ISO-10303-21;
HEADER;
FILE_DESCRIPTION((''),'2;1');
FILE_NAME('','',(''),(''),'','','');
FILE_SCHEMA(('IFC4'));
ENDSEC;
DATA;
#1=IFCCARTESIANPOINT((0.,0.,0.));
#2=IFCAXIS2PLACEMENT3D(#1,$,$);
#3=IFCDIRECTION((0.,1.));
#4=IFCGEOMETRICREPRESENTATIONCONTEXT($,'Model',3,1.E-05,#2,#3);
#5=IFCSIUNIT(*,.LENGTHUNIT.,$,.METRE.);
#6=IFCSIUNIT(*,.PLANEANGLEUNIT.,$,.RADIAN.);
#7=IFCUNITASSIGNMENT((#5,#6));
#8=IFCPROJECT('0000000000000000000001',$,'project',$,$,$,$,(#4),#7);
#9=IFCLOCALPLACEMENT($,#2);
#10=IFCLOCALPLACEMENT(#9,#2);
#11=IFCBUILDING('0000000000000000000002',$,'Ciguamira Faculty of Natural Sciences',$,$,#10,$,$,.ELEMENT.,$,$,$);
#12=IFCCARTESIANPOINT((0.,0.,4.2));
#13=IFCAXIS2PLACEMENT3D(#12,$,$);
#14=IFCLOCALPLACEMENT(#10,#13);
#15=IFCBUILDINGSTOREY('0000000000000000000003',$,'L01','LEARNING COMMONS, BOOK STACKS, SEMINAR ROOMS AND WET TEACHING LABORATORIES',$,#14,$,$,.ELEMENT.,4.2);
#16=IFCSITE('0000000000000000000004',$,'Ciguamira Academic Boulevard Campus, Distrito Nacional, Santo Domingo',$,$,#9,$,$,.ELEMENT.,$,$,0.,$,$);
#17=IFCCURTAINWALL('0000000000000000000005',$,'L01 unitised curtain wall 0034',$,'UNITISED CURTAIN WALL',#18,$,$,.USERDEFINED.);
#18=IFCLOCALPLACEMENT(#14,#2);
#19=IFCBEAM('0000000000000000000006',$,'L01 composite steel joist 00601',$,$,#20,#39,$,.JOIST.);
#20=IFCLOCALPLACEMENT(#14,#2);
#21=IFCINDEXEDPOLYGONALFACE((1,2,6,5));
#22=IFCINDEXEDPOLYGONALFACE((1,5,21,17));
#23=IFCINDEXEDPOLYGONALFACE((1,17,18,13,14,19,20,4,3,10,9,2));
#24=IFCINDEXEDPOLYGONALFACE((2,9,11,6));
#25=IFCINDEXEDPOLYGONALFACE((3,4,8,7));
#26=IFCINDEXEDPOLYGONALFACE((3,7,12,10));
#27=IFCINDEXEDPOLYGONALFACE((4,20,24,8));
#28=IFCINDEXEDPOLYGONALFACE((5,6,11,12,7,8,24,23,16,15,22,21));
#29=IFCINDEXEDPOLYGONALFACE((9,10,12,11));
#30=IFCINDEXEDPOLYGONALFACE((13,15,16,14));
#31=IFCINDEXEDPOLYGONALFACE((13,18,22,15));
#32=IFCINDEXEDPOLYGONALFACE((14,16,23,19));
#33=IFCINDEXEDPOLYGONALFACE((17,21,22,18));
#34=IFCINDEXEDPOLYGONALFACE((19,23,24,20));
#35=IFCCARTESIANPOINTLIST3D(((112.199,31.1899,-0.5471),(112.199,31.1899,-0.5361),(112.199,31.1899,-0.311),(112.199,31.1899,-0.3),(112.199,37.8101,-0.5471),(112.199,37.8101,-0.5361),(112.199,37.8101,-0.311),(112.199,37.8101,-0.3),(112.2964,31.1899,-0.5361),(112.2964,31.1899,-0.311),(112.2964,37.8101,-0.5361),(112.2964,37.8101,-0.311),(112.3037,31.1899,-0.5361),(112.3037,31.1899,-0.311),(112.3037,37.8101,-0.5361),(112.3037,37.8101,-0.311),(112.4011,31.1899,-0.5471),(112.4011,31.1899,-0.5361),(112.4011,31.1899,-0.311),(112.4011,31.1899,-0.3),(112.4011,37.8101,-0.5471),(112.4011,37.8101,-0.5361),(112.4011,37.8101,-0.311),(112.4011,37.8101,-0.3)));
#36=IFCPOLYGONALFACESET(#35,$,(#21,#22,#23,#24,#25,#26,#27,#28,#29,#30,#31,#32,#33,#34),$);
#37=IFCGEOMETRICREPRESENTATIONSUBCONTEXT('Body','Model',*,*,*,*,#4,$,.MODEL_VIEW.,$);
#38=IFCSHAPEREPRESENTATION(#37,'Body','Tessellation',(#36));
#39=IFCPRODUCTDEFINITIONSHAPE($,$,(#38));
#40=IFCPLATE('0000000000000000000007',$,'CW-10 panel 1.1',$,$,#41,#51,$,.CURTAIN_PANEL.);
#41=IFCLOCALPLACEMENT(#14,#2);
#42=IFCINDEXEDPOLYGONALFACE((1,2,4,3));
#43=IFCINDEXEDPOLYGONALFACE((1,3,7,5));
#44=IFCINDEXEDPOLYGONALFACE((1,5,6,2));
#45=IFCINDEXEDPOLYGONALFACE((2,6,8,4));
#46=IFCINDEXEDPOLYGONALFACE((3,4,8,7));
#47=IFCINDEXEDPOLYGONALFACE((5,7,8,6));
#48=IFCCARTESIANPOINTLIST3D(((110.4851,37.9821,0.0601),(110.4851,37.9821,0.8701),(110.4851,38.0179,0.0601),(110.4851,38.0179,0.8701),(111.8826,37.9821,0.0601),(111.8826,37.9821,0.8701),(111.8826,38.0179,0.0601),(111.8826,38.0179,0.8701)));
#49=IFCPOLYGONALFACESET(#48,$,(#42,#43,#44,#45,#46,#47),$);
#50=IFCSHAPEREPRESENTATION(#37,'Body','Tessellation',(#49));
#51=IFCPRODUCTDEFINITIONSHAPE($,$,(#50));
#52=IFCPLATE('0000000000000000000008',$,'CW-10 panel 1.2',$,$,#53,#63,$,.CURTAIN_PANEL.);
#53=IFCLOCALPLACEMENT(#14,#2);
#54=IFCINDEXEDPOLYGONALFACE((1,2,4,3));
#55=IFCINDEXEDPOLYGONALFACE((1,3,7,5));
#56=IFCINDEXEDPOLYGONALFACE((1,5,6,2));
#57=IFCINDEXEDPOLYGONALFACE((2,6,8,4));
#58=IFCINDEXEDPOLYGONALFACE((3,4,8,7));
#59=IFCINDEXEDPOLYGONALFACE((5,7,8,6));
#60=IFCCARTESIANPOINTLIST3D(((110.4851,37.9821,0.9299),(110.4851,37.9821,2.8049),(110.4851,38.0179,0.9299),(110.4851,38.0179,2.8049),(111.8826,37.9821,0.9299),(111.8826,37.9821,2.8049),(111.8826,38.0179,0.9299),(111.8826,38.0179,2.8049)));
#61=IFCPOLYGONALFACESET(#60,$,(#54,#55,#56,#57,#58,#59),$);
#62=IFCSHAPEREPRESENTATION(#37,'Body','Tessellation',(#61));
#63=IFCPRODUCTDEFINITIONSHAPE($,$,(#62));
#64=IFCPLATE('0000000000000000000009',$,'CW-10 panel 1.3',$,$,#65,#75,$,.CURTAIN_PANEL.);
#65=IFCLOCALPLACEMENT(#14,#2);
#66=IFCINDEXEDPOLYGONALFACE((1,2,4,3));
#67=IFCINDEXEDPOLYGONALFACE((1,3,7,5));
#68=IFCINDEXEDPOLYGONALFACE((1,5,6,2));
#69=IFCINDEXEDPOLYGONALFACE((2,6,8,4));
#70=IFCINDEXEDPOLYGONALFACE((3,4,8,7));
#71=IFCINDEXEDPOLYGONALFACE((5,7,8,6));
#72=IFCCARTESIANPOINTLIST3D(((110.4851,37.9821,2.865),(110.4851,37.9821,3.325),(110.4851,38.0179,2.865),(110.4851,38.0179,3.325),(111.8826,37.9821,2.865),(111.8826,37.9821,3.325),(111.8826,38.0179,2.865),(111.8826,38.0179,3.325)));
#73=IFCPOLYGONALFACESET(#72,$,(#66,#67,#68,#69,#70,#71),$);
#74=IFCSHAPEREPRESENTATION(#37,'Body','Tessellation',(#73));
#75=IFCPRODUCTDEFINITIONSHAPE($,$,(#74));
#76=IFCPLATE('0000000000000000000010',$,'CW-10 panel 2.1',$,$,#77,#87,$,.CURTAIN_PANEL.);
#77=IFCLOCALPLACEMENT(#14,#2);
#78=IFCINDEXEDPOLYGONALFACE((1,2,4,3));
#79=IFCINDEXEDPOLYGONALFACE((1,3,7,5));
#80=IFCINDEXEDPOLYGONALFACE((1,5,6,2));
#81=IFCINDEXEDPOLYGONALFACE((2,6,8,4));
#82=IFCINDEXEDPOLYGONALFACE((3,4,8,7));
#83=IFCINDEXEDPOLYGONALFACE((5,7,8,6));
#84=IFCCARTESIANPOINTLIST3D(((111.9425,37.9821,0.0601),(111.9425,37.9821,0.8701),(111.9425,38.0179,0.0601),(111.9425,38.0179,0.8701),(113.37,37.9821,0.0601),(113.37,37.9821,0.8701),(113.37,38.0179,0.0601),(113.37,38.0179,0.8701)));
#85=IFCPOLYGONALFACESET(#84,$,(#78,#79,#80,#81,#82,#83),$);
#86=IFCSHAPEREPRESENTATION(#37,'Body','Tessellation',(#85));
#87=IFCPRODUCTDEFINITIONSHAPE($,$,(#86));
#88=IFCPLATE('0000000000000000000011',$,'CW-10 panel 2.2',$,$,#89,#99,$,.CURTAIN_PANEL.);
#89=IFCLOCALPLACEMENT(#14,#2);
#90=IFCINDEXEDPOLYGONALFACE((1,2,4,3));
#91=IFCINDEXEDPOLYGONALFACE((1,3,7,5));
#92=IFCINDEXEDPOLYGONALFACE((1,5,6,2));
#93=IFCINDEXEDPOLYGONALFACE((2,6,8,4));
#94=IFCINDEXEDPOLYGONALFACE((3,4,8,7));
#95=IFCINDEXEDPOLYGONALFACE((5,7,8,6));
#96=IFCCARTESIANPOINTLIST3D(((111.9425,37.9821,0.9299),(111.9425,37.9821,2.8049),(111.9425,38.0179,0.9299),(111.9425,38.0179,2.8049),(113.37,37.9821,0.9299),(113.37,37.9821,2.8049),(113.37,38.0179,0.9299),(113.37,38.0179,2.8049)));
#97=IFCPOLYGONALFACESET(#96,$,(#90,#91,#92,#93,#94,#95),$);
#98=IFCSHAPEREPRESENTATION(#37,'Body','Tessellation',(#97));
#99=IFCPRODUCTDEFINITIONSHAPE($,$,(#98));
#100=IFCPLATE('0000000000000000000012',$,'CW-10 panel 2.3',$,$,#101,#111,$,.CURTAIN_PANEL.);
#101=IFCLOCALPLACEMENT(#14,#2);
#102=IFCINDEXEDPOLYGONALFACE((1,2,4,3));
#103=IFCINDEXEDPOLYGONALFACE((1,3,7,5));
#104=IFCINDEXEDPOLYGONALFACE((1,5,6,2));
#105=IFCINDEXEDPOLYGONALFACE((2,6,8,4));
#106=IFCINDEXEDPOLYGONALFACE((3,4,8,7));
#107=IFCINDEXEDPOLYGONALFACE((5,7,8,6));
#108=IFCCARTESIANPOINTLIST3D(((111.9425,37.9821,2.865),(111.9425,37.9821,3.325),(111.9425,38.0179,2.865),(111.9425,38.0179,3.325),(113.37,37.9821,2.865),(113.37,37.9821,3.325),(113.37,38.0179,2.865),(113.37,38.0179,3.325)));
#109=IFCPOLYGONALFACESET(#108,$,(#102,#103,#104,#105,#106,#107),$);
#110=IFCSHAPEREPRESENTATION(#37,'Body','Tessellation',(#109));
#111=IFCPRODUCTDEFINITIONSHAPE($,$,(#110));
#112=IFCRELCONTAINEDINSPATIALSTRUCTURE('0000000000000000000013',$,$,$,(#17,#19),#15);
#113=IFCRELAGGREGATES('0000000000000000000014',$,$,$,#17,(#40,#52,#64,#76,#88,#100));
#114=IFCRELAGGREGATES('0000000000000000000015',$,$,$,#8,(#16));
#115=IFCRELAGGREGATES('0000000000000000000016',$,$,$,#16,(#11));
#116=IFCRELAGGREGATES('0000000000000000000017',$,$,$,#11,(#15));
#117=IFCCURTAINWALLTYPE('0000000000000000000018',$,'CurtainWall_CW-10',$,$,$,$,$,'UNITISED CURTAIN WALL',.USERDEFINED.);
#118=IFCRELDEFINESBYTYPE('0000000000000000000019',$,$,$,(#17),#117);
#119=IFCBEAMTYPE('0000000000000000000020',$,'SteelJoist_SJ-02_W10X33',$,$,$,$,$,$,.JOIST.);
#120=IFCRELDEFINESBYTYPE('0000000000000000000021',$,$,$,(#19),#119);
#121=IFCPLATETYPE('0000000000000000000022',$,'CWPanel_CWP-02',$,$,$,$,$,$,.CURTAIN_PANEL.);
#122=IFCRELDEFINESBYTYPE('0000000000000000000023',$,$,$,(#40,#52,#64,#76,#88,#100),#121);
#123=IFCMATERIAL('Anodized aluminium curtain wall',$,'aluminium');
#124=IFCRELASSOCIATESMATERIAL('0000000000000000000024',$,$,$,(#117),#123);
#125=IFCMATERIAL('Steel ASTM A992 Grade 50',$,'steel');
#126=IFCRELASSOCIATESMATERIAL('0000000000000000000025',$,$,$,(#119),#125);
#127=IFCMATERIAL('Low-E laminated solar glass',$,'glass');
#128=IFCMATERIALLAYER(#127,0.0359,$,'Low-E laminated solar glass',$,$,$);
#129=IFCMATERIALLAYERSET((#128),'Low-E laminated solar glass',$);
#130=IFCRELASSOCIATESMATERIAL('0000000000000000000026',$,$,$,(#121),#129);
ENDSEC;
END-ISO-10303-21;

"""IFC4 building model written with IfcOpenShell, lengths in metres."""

from ifc_helpers import new_model, si_unit, direction, frame, origin, origin_2d, place, context, subcontext, project, spatial, rectangle, i_section, extrude, material, layer, layer_set, material_profile, profile_set, type_object, element, aggregate, save


model = new_model("IFC4")

# Units and contexts
model_context = context("Model", 3, precision=1e-05, world=origin(), true_north=direction((0.0, 1.0)))
body_context = subcontext(model_context, "Body", "Model", "MODEL_VIEW")
ifc_project = project(units=[si_unit("LENGTHUNIT", "METRE"), si_unit("PLANEANGLEUNIT", "RADIAN")], contexts=[model_context])

# Site, building, storey
site_placement = place(None, origin())
site = spatial("IfcSite", under=ifc_project, at=site_placement, Name="Ciguamira Academic Boulevard Campus, Distrito Nacional, Santo Domingo", CompositionType="ELEMENT", RefElevation=0.0)
building_placement = place(site_placement, origin())
building = spatial("IfcBuilding", under=site, at=building_placement, Name="Ciguamira Faculty of Natural Sciences", CompositionType="ELEMENT")
storey_placement = place(building_placement, frame((0.0, 0.0, 4.2)))
storey = spatial("IfcBuildingStorey", under=building, at=storey_placement, Name="L01", Description="LEARNING COMMONS, BOOK STACKS, SEMINAR ROOMS AND WET TEACHING LABORATORIES", CompositionType="ELEMENT", Elevation=4.2)

# Curtain wall
ifc_material_1 = material(Name="Anodized aluminium curtain wall", Category="aluminium")
curtain_wall_type = type_object("IfcCurtainWallType", Name="CurtainWall_CW-10", ElementType="UNITISED CURTAIN WALL", PredefinedType="USERDEFINED", material=ifc_material_1)
curtain_wall_placement = place(storey_placement, origin())
curtain_wall = element("IfcCurtainWall", 1, at=curtain_wall_placement, inside=storey, type_object=curtain_wall_type, Name="L01 unitised curtain wall 0034", ObjectType="UNITISED CURTAIN WALL", PredefinedType="USERDEFINED")

# Beam
ifc_material_2 = material(Name="Steel ASTM A992 Grade 50", Category="steel")
ifc_material_profile_1 = material_profile(ifc_material_2, i_section(OverallWidth=0.2021, OverallDepth=0.2471, WebThickness=0.0073, FlangeThickness=0.011, at=origin_2d()), Name="W10X33")
ifc_profile_set_1 = profile_set([ifc_material_profile_1], Name="Steel ASTM A992 Grade 50")
beam_type_1 = type_object("IfcBeamType", Name="SteelJoist_SJ-02_W10X33", PredefinedType="JOIST", material=ifc_profile_set_1)
beam_placement = place(storey_placement, frame((112.3, 31.1899, -0.4236), z_axis=(0.0, 1.0, 0.0), x_axis=(-1.0, 0.0, 0.0)))
element("IfcBeam", 2, at=beam_placement, inside=storey, type_object=beam_type_1, Name="L01 composite steel joist 00601", PredefinedType="JOIST", context=body_context, shape_type="SweptSolid", body=[
    extrude(i_section(OverallWidth=0.2021, OverallDepth=0.2471, WebThickness=0.0073, FlangeThickness=0.011, at=origin_2d()), origin(), (0.0, 0.0, 1.0), 6.6201),
])

# Plates
ifc_material_3 = material(Name="Low-E laminated solar glass", Category="glass")
ifc_layer = layer(ifc_material_3, 0.0359, Name="Low-E laminated solar glass")
ifc_layer_set = layer_set([ifc_layer], Name="Low-E laminated solar glass")
plate_type = type_object("IfcPlateType", Name="CWPanel_CWP-02", PredefinedType="CURTAIN_PANEL", material=ifc_layer_set)
plate_1_placement = place(storey_placement, frame((111.1838, 38.0, 0.0601), z_axis=(0.0, 0.0, 1.0), x_axis=(1.0, 0.0, 0.0)))
plate_1 = element("IfcPlate", 3, at=plate_1_placement, type_object=plate_type, Name="CW-10 panel 1.1", PredefinedType="CURTAIN_PANEL", context=body_context, shape_type="SweptSolid", body=[
    extrude(rectangle(XDim=1.3975, YDim=0.0359, at=origin_2d()), origin(), (0.0, 0.0, 1.0), 0.8101),
])
plate_2_placement = place(storey_placement, frame((111.1838, 38.0, 0.9299), z_axis=(0.0, 0.0, 1.0), x_axis=(1.0, 0.0, 0.0)))
plate_2 = element("IfcPlate", 4, at=plate_2_placement, type_object=plate_type, Name="CW-10 panel 1.2", PredefinedType="CURTAIN_PANEL", context=body_context, shape_type="SweptSolid", body=[
    extrude(rectangle(XDim=1.3975, YDim=0.0359, at=origin_2d()), origin(), (0.0, 0.0, 1.0), 1.875),
])
plate_3_placement = place(storey_placement, frame((111.1838, 38.0, 2.865), z_axis=(0.0, 0.0, 1.0), x_axis=(1.0, 0.0, 0.0)))
plate_3 = element("IfcPlate", 5, at=plate_3_placement, type_object=plate_type, Name="CW-10 panel 1.3", PredefinedType="CURTAIN_PANEL", context=body_context, shape_type="SweptSolid", body=[
    extrude(rectangle(XDim=1.3975, YDim=0.0359, at=origin_2d()), origin(), (0.0, 0.0, 1.0), 0.46),
])
plate_4_placement = place(storey_placement, frame((112.6562, 38.0, 0.0601), z_axis=(0.0, 0.0, 1.0), x_axis=(1.0, 0.0, 0.0)))
plate_4 = element("IfcPlate", 6, at=plate_4_placement, type_object=plate_type, Name="CW-10 panel 2.1", PredefinedType="CURTAIN_PANEL", context=body_context, shape_type="SweptSolid", body=[
    extrude(rectangle(XDim=1.4275, YDim=0.0359, at=origin_2d()), origin(), (0.0, 0.0, 1.0), 0.8101),
])
plate_5_placement = place(storey_placement, frame((112.6562, 38.0, 0.9299), z_axis=(0.0, 0.0, 1.0), x_axis=(1.0, 0.0, 0.0)))
plate_5 = element("IfcPlate", 7, at=plate_5_placement, type_object=plate_type, Name="CW-10 panel 2.2", PredefinedType="CURTAIN_PANEL", context=body_context, shape_type="SweptSolid", body=[
    extrude(rectangle(XDim=1.4275, YDim=0.0359, at=origin_2d()), origin(), (0.0, 0.0, 1.0), 1.875),
])
plate_6_placement = place(storey_placement, frame((112.6562, 38.0, 2.865), z_axis=(0.0, 0.0, 1.0), x_axis=(1.0, 0.0, 0.0)))
plate_6 = element("IfcPlate", 8, at=plate_6_placement, type_object=plate_type, Name="CW-10 panel 2.3", PredefinedType="CURTAIN_PANEL", context=body_context, shape_type="SweptSolid", body=[
    extrude(rectangle(XDim=1.4275, YDim=0.0359, at=origin_2d()), origin(), (0.0, 0.0, 1.0), 0.46),
])
aggregate(curtain_wall, [plate_1, plate_2, plate_3, plate_4, plate_5, plate_6])

save(model, "model.ifc")
